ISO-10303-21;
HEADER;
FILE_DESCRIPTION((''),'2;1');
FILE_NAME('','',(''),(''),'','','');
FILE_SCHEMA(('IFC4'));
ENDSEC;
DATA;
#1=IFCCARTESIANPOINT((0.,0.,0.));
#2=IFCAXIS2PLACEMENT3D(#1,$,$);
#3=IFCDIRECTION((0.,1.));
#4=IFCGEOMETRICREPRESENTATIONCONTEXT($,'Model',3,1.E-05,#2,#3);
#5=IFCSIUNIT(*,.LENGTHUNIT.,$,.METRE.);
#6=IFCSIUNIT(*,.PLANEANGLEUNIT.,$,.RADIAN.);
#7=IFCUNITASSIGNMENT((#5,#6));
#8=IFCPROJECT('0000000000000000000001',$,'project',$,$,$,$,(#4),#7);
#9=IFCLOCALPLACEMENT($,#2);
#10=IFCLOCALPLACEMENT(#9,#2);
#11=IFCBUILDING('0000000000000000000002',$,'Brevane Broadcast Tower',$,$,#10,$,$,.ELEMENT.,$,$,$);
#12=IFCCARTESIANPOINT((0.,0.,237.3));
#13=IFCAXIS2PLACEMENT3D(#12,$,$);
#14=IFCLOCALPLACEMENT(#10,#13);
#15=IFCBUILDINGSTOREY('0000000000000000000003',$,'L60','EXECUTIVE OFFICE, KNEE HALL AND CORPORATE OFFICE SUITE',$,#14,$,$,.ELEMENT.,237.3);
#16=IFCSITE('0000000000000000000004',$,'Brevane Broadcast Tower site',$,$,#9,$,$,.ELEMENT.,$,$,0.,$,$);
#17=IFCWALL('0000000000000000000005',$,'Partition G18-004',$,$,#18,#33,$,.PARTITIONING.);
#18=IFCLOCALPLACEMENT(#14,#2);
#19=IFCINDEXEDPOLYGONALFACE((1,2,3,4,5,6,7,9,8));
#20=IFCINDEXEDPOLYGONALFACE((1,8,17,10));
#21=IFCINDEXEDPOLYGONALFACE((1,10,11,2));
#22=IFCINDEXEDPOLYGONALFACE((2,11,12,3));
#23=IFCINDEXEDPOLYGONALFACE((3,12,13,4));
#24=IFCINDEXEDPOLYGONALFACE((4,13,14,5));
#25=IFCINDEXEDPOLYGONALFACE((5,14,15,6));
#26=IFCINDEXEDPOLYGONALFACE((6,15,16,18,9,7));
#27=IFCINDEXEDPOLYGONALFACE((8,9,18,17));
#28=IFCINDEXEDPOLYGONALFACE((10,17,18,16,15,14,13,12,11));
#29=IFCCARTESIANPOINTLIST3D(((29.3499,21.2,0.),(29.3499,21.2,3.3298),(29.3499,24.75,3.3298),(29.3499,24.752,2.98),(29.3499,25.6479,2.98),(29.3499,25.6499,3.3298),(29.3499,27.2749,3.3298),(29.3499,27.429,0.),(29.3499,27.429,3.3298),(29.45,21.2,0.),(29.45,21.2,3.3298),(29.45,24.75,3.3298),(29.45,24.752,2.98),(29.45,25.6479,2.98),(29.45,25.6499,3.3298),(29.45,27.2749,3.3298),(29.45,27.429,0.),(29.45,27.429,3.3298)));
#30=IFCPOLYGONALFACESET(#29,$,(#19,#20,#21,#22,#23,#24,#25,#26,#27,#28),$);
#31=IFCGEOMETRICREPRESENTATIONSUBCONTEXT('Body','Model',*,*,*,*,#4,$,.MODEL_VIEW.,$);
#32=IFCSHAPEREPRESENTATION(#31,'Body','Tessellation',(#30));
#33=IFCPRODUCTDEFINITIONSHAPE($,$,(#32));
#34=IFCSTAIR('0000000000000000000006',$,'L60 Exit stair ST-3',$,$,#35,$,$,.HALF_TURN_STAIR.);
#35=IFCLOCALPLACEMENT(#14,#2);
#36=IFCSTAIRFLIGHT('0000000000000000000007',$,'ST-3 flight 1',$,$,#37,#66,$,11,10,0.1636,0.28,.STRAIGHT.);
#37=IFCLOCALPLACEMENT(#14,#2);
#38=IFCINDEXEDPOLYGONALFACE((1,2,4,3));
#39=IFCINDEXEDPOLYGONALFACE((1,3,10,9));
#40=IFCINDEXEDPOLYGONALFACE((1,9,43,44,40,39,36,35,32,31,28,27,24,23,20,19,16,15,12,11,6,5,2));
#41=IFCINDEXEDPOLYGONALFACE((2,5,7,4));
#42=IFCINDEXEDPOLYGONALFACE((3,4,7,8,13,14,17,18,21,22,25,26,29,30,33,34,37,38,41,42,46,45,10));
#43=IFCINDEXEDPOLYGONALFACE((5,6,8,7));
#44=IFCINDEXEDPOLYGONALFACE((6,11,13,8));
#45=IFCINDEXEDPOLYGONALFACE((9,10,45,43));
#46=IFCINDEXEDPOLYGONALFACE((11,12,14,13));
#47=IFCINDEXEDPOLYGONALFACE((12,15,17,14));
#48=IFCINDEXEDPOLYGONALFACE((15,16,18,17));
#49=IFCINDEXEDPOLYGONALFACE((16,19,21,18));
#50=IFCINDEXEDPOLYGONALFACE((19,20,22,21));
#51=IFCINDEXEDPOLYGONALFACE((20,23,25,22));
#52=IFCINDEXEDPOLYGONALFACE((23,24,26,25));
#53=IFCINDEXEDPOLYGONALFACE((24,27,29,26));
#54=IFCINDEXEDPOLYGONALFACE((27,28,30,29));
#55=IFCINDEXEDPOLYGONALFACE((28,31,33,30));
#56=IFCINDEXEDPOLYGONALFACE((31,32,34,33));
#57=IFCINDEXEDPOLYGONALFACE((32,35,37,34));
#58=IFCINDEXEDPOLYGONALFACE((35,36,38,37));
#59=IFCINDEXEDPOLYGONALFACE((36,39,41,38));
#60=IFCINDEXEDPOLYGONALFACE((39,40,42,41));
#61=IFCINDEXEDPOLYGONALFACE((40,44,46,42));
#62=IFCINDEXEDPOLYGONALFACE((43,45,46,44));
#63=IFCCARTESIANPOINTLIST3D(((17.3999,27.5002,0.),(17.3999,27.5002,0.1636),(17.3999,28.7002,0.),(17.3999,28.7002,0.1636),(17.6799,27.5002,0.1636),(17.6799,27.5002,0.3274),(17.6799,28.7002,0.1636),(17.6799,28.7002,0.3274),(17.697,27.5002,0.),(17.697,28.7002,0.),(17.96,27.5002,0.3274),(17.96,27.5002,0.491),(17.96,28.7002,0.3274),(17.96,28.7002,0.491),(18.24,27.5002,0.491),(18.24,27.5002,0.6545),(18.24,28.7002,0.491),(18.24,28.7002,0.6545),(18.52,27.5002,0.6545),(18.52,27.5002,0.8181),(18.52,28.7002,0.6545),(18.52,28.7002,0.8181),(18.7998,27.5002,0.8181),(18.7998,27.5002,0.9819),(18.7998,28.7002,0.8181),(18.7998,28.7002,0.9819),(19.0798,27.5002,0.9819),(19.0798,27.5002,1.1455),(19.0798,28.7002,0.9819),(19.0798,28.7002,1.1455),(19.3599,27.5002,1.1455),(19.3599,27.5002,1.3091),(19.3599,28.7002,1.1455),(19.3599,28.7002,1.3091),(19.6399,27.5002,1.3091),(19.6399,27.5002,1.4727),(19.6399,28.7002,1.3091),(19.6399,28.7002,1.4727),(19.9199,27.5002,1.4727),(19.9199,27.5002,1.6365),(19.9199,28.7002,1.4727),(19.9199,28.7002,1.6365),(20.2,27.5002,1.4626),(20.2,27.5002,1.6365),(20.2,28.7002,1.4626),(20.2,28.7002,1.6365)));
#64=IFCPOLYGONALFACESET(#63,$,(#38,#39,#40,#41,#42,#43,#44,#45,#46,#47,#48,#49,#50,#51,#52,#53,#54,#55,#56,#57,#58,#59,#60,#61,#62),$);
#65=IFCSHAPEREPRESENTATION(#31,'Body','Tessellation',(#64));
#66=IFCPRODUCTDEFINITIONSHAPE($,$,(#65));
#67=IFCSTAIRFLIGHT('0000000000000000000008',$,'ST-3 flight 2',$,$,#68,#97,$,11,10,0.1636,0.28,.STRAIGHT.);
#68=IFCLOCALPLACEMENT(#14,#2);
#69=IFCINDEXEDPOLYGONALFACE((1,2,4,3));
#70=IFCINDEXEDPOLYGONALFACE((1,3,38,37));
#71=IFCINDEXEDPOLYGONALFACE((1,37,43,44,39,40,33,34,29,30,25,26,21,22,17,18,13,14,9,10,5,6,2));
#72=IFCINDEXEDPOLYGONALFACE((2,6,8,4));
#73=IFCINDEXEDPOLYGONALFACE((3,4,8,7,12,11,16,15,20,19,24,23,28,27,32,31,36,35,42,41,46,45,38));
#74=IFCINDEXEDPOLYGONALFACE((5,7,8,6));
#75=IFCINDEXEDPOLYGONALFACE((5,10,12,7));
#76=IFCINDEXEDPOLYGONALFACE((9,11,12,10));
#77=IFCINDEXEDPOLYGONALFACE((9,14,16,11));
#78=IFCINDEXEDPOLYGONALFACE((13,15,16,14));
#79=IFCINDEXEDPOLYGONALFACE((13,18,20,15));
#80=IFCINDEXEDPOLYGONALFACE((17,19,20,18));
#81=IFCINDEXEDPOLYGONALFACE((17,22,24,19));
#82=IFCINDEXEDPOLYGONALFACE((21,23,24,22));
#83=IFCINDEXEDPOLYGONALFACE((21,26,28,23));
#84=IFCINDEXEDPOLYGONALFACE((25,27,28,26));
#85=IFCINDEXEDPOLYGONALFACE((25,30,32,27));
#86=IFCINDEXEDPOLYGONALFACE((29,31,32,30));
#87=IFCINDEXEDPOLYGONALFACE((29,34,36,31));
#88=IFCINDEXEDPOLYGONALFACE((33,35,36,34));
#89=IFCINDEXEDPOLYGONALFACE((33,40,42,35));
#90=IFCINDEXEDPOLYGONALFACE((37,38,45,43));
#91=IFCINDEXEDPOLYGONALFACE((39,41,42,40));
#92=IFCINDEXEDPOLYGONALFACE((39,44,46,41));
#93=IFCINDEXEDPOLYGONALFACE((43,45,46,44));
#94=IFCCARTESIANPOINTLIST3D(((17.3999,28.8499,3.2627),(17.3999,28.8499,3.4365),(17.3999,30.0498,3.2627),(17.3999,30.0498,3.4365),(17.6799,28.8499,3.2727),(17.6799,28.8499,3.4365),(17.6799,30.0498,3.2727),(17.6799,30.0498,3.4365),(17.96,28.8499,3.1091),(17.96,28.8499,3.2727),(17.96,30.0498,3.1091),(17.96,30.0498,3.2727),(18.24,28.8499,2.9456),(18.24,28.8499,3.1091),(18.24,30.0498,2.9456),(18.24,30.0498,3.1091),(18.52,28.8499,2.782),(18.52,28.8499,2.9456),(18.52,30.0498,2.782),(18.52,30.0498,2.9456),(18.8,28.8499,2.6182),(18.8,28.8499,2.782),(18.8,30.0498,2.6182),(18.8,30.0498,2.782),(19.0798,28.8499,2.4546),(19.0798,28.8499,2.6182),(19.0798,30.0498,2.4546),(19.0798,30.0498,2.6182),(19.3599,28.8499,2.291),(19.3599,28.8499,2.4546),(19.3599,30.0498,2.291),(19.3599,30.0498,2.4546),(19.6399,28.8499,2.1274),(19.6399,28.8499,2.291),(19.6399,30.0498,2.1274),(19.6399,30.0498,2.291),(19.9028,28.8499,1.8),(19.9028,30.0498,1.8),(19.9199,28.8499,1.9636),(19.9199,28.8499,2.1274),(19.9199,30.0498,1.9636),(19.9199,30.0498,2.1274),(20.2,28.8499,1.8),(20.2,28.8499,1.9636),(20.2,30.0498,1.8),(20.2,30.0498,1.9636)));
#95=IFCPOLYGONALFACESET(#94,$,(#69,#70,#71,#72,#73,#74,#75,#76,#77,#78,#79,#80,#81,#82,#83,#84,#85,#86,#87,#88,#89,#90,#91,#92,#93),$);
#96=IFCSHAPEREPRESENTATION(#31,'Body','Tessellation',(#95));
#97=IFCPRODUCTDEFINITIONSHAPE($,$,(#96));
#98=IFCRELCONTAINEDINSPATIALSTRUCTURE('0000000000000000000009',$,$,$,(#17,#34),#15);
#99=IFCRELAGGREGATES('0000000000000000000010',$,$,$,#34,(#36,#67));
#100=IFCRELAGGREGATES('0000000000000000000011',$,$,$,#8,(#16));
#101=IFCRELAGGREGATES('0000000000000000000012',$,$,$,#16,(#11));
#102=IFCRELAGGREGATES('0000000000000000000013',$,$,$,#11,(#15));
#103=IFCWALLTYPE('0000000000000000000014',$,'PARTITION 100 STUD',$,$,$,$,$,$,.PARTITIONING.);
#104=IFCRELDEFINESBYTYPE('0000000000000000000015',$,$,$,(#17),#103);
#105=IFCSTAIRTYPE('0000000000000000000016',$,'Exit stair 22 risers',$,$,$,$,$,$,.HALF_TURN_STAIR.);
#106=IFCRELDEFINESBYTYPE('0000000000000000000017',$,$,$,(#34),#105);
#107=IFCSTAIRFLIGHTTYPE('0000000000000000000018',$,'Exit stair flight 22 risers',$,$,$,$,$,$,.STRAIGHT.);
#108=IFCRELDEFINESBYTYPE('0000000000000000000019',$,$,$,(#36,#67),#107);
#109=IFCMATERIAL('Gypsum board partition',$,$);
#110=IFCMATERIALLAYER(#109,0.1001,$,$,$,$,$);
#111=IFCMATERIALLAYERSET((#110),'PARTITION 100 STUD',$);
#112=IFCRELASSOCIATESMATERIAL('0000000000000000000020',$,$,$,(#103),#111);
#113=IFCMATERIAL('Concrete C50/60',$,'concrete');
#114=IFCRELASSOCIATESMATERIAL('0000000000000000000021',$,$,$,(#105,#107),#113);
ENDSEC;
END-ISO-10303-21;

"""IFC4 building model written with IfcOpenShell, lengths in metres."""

from ifc_helpers import new_model, si_unit, direction, frame, origin, place, context, subcontext, project, spatial, polyline, outline, extrude, material, layer, layer_set, type_object, element, aggregate, save


model = new_model("IFC4")

# Units and contexts
model_context = context("Model", 3, precision=1e-05, world=origin(), true_north=direction((0.0, 1.0)))
body_context = subcontext(model_context, "Body", "Model", "MODEL_VIEW")
ifc_project = project(units=[si_unit("LENGTHUNIT", "METRE"), si_unit("PLANEANGLEUNIT", "RADIAN")], contexts=[model_context])

# Site, building, storey
site_placement = place(None, origin())
site = spatial("IfcSite", under=ifc_project, at=site_placement, Name="Brevane Broadcast Tower site", CompositionType="ELEMENT", RefElevation=0.0)
building_placement = place(site_placement, origin())
building = spatial("IfcBuilding", under=site, at=building_placement, Name="Brevane Broadcast Tower", CompositionType="ELEMENT")
storey_placement = place(building_placement, frame((0.0, 0.0, 237.3)))
storey = spatial("IfcBuildingStorey", under=building, at=storey_placement, Name="L60", Description="EXECUTIVE OFFICE, KNEE HALL AND CORPORATE OFFICE SUITE", CompositionType="ELEMENT", Elevation=237.3)

# Wall
ifc_material_1 = material(Name="Concrete C50/60", Category="concrete")
ifc_material_2 = material(Name="Gypsum board partition")
ifc_layer_1 = layer(ifc_material_2, 0.1001)
ifc_layer_set_1 = layer_set([ifc_layer_1], Name="PARTITION 100 STUD")
wall_type_1 = type_object("IfcWallType", Name="PARTITION 100 STUD", PredefinedType="PARTITIONING", material=ifc_layer_set_1)
wall_1_placement = place(storey_placement, frame((29.3999, 27.429, 0.0), z_axis=(0.0, 0.0, 1.0), x_axis=(0.0, -1.0, 0.0)))
element("IfcWall", 1, at=wall_1_placement, inside=storey, type_object=wall_type_1, Name="Partition G18-004", PredefinedType="PARTITIONING", context=body_context, shape_type="SweptSolid", body=[
    extrude(outline(polyline([(0.0, 0.0), (6.229, 0.0), (6.229, 3.3298), (2.679, 3.3298), (2.677, 2.98), (1.781, 2.98), (1.7791, 3.3298), (0.1541, 3.3298), (0.0, 3.3298), (0.0, 0.0)])), frame((0.0, 0.05, 0.0), z_axis=(0.0, -1.0, 0.0), x_axis=(1.0, 0.0, 0.0)), (0.0, 0.0, 1.0), 0.1001),
])

# Stair, stair flights
stair_type = type_object("IfcStairType", Name="Exit stair 22 risers", PredefinedType="HALF_TURN_STAIR", material=ifc_material_1)
stair_placement = place(storey_placement, origin())
stair = element("IfcStair", 2, at=stair_placement, inside=storey, type_object=stair_type, Name="L60 Exit stair ST-3", PredefinedType="HALF_TURN_STAIR")
stair_flight_type = type_object("IfcStairFlightType", Name="Exit stair flight 22 risers", PredefinedType="STRAIGHT", material=ifc_material_1)
stair_flight_1_placement = place(storey_placement, frame((17.3999, 28.1001, 0.0), z_axis=(0.0, 0.0, 1.0), x_axis=(1.0, 0.0, 0.0)))
stair_flight_1 = element("IfcStairFlight", 3, at=stair_flight_1_placement, type_object=stair_flight_type, Name="ST-3 flight 1", NumberOfRisers=11, NumberOfTreads=10, PredefinedType="STRAIGHT", RiserHeight=0.1636, TreadLength=0.28, context=body_context, shape_type="SweptSolid", body=[
    extrude(outline(polyline([(0.0, 0.0), (0.0, 0.1636), (0.28, 0.1636), (0.28, 0.3274), (0.5601, 0.3274), (0.5601, 0.491), (0.8401, 0.491), (0.8401, 0.6545), (1.1201, 0.6545), (1.1201, 0.8181), (1.3999, 0.8181), (1.3999, 0.9819), (1.6799, 0.9819), (1.6799, 1.1455), (1.96, 1.1455), (1.96, 1.3091), (2.24, 1.3091), (2.24, 1.4727), (2.52, 1.4727), (2.52, 1.6365), (2.8, 1.6365), (2.8, 1.8), (2.8, 1.4626), (0.2971, 0.0), (0.0, 0.0)])), frame((0.0, 0.6001, 0.0), z_axis=(0.0, -1.0, 0.0), x_axis=(1.0, 0.0, 0.0)), (0.0, 0.0, 1.0), 1.2),
])
stair_flight_2_placement = place(storey_placement, frame((20.2, 29.45, 1.8), z_axis=(0.0, 0.0, 1.0), x_axis=(-1.0, 0.0, 0.0)))
stair_flight_2 = element("IfcStairFlight", 4, at=stair_flight_2_placement, type_object=stair_flight_type, Name="ST-3 flight 2", NumberOfRisers=11, NumberOfTreads=10, PredefinedType="STRAIGHT", RiserHeight=0.1636, TreadLength=0.28, context=body_context, shape_type="SweptSolid", body=[
    extrude(outline(polyline([(0.0, 0.0), (0.0, 0.1636), (0.28, 0.1636), (0.28, 0.3274), (0.5601, 0.3274), (0.5601, 0.491), (0.8401, 0.491), (0.8401, 0.6545), (1.1201, 0.6545), (1.1201, 0.8181), (1.3999, 0.8181), (1.3999, 0.9819), (1.6799, 0.9819), (1.6799, 1.1455), (1.96, 1.1455), (1.96, 1.3091), (2.24, 1.3091), (2.24, 1.4727), (2.52, 1.4727), (2.52, 1.6365), (2.8, 1.6365), (2.8, 1.8), (2.8, 1.4626), (0.2971, 0.0), (0.0, 0.0)])), frame((0.0, 0.6001, 0.0), z_axis=(0.0, -1.0, 0.0), x_axis=(1.0, 0.0, 0.0)), (0.0, 0.0, 1.0), 1.2),
])
aggregate(stair, [stair_flight_1, stair_flight_2])

save(model, "model.ifc")
